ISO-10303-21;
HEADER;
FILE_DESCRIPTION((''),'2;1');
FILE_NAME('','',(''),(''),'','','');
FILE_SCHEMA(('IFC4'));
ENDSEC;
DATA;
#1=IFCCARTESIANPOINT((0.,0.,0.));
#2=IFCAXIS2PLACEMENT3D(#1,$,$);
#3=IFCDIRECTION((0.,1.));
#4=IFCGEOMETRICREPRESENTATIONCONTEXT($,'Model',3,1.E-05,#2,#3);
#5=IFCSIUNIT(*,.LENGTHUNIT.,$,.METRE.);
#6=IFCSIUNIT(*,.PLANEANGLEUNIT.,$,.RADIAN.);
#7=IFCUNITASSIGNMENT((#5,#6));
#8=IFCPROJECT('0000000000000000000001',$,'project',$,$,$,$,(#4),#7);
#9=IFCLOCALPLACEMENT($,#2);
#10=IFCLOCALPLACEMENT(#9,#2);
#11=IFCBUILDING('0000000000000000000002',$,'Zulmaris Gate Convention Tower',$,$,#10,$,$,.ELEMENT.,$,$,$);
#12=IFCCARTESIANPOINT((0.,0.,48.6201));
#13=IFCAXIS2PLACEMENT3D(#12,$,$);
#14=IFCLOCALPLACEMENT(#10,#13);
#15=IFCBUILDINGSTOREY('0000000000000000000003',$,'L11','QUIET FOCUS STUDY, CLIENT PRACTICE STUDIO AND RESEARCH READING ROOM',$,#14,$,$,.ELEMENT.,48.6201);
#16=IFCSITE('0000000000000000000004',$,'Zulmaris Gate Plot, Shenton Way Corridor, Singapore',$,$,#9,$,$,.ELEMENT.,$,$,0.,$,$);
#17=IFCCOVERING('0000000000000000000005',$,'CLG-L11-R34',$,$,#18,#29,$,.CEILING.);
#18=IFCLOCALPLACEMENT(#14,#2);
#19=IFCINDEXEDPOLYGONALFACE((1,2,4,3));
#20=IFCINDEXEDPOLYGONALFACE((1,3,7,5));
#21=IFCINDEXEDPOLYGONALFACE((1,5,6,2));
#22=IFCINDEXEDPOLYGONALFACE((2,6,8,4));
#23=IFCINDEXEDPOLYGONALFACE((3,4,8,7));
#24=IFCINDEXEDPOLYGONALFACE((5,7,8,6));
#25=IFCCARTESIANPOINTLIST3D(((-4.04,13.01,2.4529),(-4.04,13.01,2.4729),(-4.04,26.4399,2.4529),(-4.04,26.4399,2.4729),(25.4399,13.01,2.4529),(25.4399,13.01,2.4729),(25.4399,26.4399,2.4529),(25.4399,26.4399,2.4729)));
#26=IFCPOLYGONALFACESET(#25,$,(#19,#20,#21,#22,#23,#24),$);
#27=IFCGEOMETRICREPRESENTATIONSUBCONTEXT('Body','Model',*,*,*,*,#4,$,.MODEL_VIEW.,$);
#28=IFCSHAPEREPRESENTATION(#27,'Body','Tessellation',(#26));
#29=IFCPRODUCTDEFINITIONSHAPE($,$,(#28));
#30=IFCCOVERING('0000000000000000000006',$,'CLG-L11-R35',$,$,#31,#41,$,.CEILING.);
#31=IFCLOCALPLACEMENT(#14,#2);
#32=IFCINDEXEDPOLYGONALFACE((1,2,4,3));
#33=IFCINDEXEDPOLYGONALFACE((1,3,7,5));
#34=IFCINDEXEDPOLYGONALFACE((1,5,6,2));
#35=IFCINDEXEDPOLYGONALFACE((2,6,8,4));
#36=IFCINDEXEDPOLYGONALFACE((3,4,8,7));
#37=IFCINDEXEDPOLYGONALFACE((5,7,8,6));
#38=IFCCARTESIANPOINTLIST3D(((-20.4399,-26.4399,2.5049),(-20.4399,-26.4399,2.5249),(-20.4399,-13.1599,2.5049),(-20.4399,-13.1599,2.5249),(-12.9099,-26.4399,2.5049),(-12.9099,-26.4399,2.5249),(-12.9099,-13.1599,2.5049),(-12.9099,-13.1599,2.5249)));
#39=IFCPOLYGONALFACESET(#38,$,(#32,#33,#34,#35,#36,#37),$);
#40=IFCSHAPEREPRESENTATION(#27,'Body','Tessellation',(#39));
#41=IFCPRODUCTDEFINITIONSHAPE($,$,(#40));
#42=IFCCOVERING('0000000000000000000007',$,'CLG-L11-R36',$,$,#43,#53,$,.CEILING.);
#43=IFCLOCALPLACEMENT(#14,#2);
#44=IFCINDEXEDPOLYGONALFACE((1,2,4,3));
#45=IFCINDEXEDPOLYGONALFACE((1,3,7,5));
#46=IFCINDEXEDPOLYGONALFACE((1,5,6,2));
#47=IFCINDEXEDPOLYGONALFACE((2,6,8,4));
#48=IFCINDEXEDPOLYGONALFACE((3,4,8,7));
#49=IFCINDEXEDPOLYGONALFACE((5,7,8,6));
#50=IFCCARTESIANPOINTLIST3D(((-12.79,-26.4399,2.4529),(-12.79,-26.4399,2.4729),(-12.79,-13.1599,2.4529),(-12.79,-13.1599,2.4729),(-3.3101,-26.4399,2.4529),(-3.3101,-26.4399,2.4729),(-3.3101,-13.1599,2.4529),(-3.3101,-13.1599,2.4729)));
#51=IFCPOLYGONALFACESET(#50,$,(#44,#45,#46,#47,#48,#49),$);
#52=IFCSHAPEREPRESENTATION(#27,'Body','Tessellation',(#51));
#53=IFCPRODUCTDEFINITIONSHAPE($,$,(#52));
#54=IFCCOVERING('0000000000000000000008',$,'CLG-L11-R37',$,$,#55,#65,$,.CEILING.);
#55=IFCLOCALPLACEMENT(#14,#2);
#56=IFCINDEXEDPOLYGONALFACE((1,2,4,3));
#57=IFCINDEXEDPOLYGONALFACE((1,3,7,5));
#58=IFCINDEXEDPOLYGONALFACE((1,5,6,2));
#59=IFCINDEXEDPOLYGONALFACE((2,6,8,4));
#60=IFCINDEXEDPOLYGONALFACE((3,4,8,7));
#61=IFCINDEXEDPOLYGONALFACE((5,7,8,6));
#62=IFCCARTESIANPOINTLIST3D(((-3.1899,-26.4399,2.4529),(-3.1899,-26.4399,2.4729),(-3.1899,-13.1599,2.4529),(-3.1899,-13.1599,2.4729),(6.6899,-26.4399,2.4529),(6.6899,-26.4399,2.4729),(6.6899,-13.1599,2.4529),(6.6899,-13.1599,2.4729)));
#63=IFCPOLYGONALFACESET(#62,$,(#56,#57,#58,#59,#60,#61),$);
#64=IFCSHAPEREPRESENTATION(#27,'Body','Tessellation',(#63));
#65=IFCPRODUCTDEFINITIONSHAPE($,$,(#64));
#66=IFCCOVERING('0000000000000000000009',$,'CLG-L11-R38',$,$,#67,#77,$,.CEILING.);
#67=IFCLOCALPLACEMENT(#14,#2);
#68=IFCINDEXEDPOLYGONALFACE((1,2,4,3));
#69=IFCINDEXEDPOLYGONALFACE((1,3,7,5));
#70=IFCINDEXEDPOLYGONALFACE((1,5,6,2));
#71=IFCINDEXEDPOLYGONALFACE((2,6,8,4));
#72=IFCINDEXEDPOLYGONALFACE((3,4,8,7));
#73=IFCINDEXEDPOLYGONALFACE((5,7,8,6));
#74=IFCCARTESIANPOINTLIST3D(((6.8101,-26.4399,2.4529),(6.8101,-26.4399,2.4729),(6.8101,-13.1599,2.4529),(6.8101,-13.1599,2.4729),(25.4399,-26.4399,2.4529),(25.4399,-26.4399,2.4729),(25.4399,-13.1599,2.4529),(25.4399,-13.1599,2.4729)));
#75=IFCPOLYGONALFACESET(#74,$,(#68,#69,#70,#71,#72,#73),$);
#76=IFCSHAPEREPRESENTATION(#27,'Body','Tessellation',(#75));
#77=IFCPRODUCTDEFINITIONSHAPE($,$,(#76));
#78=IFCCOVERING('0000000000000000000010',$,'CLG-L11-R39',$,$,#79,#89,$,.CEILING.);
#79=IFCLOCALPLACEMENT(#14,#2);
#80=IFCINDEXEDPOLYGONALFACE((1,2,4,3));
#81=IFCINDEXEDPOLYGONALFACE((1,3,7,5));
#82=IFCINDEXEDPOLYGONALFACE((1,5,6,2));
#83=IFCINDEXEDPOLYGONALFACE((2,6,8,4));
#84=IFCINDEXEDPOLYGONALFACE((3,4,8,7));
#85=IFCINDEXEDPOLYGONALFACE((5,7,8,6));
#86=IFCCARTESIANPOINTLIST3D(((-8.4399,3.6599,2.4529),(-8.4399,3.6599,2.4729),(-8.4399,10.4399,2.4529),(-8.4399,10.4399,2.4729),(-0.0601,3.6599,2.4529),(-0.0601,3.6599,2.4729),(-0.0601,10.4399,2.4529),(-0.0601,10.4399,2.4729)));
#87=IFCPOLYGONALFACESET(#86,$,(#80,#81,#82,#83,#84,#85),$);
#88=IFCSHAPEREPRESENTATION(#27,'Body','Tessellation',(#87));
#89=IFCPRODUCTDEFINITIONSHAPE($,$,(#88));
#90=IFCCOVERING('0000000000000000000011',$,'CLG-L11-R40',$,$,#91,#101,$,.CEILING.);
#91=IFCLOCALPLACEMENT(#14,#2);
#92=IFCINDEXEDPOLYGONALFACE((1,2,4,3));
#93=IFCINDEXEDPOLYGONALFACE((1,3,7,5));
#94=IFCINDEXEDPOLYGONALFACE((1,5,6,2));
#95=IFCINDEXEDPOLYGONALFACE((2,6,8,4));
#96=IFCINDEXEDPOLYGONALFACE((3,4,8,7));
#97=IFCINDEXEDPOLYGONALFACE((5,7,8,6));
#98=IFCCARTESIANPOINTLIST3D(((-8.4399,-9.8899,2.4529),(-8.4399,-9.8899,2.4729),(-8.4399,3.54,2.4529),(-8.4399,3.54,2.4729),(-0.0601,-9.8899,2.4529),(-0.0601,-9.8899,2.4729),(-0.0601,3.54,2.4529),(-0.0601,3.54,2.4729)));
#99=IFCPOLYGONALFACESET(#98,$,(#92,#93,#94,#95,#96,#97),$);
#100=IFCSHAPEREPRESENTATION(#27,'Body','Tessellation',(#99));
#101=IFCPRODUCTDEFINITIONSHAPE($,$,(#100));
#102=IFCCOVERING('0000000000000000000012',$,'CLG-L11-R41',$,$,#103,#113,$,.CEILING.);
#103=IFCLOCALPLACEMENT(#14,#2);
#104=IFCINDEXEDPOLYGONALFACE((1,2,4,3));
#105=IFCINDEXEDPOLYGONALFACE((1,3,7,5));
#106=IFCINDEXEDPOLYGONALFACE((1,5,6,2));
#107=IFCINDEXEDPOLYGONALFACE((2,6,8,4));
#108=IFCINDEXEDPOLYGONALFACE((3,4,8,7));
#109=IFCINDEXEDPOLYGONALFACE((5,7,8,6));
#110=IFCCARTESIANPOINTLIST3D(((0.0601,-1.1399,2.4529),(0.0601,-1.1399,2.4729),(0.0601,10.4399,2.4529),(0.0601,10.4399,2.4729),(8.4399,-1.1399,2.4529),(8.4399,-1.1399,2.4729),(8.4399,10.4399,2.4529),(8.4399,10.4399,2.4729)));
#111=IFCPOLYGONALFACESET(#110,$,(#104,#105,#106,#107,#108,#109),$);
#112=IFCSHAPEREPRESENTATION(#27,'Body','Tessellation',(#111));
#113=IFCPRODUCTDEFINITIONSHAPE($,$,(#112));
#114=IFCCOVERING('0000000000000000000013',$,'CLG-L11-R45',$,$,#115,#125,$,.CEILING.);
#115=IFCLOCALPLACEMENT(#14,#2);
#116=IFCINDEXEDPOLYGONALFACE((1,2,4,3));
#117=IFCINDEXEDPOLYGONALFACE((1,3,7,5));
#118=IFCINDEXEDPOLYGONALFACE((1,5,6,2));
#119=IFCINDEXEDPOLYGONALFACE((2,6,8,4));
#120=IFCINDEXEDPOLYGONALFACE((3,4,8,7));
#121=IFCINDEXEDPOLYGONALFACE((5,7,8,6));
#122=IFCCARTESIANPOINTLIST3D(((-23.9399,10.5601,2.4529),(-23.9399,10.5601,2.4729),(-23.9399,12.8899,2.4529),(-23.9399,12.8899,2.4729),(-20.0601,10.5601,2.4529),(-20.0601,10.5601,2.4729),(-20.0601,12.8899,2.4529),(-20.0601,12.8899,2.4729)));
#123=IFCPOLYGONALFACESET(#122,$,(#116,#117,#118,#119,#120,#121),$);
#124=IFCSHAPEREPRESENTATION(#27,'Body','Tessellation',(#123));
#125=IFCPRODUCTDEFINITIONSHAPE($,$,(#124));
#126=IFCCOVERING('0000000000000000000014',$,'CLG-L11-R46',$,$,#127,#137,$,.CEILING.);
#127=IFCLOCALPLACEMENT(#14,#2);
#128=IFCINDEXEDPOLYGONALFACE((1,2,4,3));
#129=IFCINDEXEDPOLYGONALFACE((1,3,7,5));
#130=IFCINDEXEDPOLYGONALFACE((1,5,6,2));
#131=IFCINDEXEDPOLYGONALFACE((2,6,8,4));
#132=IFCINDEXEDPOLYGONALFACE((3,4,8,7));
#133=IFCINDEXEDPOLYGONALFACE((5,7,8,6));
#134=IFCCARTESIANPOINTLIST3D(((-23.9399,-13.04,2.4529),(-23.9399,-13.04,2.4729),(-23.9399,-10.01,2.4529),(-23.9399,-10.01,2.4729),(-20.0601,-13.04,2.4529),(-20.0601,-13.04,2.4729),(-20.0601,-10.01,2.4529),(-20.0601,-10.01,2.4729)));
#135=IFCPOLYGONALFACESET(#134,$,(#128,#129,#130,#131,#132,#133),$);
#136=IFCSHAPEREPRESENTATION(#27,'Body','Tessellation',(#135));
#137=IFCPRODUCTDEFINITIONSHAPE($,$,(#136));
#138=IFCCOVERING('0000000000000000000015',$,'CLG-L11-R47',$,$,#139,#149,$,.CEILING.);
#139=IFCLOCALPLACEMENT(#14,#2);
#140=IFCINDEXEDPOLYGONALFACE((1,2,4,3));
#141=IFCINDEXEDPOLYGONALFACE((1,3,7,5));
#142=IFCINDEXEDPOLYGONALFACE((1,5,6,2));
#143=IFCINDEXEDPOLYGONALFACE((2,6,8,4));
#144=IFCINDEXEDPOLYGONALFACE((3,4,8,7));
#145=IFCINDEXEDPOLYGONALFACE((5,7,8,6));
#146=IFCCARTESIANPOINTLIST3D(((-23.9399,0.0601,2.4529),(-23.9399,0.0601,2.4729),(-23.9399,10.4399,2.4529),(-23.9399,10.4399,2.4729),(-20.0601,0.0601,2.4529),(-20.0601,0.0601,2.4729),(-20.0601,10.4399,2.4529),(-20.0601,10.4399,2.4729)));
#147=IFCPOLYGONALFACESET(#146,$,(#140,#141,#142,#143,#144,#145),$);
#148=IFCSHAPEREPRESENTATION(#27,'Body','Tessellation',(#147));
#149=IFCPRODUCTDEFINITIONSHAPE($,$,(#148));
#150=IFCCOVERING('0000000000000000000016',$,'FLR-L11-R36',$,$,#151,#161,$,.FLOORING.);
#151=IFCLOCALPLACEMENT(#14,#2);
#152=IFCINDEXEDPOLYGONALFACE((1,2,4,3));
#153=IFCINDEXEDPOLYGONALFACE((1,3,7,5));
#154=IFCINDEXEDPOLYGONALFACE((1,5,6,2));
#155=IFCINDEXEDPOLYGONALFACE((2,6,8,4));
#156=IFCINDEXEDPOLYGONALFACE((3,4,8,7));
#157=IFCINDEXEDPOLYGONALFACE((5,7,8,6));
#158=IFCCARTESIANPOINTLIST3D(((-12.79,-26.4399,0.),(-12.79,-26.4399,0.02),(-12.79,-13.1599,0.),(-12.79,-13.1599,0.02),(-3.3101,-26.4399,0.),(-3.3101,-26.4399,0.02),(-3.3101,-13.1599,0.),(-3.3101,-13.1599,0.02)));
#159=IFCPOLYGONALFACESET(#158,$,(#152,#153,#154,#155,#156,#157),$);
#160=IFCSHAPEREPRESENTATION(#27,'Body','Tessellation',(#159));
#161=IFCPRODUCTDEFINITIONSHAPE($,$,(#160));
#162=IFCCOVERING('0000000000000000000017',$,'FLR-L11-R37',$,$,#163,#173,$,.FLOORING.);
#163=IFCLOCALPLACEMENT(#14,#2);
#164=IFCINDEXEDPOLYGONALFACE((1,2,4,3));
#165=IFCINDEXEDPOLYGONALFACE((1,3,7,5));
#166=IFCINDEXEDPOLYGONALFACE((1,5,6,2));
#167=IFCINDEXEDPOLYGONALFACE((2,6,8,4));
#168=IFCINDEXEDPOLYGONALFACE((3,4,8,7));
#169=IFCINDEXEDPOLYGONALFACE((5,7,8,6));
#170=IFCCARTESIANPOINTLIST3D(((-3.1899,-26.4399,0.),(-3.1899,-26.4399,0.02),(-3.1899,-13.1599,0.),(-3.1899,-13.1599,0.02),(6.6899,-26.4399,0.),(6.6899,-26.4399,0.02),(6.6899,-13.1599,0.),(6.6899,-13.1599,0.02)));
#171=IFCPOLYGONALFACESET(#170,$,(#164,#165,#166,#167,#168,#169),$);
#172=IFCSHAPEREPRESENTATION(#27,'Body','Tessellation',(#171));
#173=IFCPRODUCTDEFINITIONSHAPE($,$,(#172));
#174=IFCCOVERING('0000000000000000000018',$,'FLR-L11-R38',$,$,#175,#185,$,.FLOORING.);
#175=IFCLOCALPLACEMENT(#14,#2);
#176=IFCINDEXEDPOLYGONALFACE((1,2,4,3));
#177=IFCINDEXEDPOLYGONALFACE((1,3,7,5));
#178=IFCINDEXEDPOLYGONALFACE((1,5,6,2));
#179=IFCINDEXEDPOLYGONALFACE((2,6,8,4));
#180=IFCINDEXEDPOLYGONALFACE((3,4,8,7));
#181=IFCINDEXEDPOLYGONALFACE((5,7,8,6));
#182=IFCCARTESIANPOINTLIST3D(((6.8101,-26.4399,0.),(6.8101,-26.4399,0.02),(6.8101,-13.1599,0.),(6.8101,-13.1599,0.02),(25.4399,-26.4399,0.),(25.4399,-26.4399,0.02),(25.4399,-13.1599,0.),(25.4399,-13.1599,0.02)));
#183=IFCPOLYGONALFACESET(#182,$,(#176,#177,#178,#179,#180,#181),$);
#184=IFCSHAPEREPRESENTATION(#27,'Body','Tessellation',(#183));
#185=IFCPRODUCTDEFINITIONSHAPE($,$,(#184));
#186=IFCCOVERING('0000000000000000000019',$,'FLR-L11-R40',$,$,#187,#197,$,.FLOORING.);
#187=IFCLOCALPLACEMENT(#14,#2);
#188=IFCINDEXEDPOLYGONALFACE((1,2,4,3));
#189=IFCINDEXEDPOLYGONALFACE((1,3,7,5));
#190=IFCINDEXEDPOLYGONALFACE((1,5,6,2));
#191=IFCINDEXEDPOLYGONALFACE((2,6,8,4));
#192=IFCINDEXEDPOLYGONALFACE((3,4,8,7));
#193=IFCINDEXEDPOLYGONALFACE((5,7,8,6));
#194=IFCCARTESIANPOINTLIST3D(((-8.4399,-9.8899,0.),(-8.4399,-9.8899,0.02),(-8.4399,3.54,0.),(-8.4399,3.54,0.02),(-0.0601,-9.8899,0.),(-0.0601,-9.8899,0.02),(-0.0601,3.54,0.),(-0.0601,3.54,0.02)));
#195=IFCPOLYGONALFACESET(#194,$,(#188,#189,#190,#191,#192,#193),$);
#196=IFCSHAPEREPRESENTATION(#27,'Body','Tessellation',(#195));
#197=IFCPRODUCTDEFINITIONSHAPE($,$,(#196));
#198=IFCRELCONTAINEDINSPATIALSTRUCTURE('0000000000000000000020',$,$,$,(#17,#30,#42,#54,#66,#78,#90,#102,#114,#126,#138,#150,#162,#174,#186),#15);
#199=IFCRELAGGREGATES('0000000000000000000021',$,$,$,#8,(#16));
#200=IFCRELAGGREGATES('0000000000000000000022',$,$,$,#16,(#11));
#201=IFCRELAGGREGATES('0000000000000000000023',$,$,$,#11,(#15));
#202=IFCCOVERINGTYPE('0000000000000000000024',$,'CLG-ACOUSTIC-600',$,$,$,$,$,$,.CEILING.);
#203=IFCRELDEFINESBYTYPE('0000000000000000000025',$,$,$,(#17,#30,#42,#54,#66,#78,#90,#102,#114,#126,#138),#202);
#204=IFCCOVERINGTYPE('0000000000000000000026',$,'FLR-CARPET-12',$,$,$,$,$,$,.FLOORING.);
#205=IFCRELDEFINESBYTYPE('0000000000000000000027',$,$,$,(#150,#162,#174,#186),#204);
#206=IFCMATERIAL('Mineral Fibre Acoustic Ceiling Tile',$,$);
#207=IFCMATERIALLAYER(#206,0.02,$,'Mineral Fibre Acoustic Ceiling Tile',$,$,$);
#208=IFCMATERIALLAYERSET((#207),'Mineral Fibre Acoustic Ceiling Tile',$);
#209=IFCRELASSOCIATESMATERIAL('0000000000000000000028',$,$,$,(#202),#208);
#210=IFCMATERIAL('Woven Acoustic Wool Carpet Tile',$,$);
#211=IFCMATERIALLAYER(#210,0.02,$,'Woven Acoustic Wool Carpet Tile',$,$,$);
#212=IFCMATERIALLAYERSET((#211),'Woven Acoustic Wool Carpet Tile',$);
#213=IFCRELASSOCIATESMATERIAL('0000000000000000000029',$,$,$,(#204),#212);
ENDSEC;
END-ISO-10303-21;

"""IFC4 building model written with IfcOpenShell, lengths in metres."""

from ifc_helpers import new_model, si_unit, direction, frame, origin, place, context, subcontext, project, spatial, polyline, outline, extrude, material, layer, layer_set, type_object, element, save


model = new_model("IFC4")

# Units and contexts
model_context = context("Model", 3, precision=1e-05, world=origin(), true_north=direction((0.0, 1.0)))
body_context = subcontext(model_context, "Body", "Model", "MODEL_VIEW")
ifc_project = project(units=[si_unit("LENGTHUNIT", "METRE"), si_unit("PLANEANGLEUNIT", "RADIAN")], contexts=[model_context])

# Site, building, storey
site_placement = place(None, origin())
site = spatial("IfcSite", under=ifc_project, at=site_placement, Name="Zulmaris Gate Plot, Shenton Way Corridor, Singapore", CompositionType="ELEMENT", RefElevation=0.0)
building_placement = place(site_placement, origin())
building = spatial("IfcBuilding", under=site, at=building_placement, Name="Zulmaris Gate Convention Tower", CompositionType="ELEMENT")
storey_placement = place(building_placement, frame((0.0, 0.0, 48.6201)))
storey = spatial("IfcBuildingStorey", under=building, at=storey_placement, Name="L11", Description="QUIET FOCUS STUDY, CLIENT PRACTICE STUDIO AND RESEARCH READING ROOM", CompositionType="ELEMENT", Elevation=48.6201)

# Coverings
ifc_material_1 = material(Name="Mineral Fibre Acoustic Ceiling Tile")
ifc_layer_1 = layer(ifc_material_1, 0.02, Name="Mineral Fibre Acoustic Ceiling Tile")
ifc_layer_set_1 = layer_set([ifc_layer_1], Name="Mineral Fibre Acoustic Ceiling Tile")
covering_type_1 = type_object("IfcCoveringType", Name="CLG-ACOUSTIC-600", PredefinedType="CEILING", material=ifc_layer_set_1)
covering_1_placement = place(storey_placement, frame((0.0, 0.0, 2.4529)))
element("IfcCovering", 1, at=covering_1_placement, inside=storey, type_object=covering_type_1, Name="CLG-L11-R34", PredefinedType="CEILING", context=body_context, shape_type="SweptSolid", body=[
    extrude(outline(polyline([(-4.04, 13.01), (25.4399, 13.01), (25.4399, 26.4399), (-4.04, 26.4399), (-4.04, 13.01)])), origin(), (0.0, 0.0, 1.0), 0.02),
])
covering_2_placement = place(storey_placement, frame((0.0, 0.0, 2.5049)))
element("IfcCovering", 2, at=covering_2_placement, inside=storey, type_object=covering_type_1, Name="CLG-L11-R35", PredefinedType="CEILING", context=body_context, shape_type="SweptSolid", body=[
    extrude(outline(polyline([(-20.4399, -26.4399), (-12.9099, -26.4399), (-12.9099, -13.1599), (-20.4399, -13.1599), (-20.4399, -26.4399)])), origin(), (0.0, 0.0, 1.0), 0.02),
])
covering_3_placement = place(storey_placement, frame((0.0, 0.0, 2.4529)))
element("IfcCovering", 3, at=covering_3_placement, inside=storey, type_object=covering_type_1, Name="CLG-L11-R36", PredefinedType="CEILING", context=body_context, shape_type="SweptSolid", body=[
    extrude(outline(polyline([(-12.79, -26.4399), (-3.3101, -26.4399), (-3.3101, -13.1599), (-12.79, -13.1599), (-12.79, -26.4399)])), origin(), (0.0, 0.0, 1.0), 0.02),
])
covering_4_placement = place(storey_placement, frame((0.0, 0.0, 2.4529)))
element("IfcCovering", 4, at=covering_4_placement, inside=storey, type_object=covering_type_1, Name="CLG-L11-R37", PredefinedType="CEILING", context=body_context, shape_type="SweptSolid", body=[
    extrude(outline(polyline([(-3.1899, -26.4399), (6.6899, -26.4399), (6.6899, -13.1599), (-3.1899, -13.1599), (-3.1899, -26.4399)])), origin(), (0.0, 0.0, 1.0), 0.02),
])
covering_5_placement = place(storey_placement, frame((0.0, 0.0, 2.4529)))
element("IfcCovering", 5, at=covering_5_placement, inside=storey, type_object=covering_type_1, Name="CLG-L11-R38", PredefinedType="CEILING", context=body_context, shape_type="SweptSolid", body=[
    extrude(outline(polyline([(6.8101, -26.4399), (25.4399, -26.4399), (25.4399, -13.1599), (6.8101, -13.1599), (6.8101, -26.4399)])), origin(), (0.0, 0.0, 1.0), 0.02),
])
covering_6_placement = place(storey_placement, frame((0.0, 0.0, 2.4529)))
element("IfcCovering", 6, at=covering_6_placement, inside=storey, type_object=covering_type_1, Name="CLG-L11-R39", PredefinedType="CEILING", context=body_context, shape_type="SweptSolid", body=[
    extrude(outline(polyline([(-8.4399, 3.6599), (-0.0601, 3.6599), (-0.0601, 10.4399), (-8.4399, 10.4399), (-8.4399, 3.6599)])), origin(), (0.0, 0.0, 1.0), 0.02),
])
covering_7_placement = place(storey_placement, frame((0.0, 0.0, 2.4529)))
element("IfcCovering", 7, at=covering_7_placement, inside=storey, type_object=covering_type_1, Name="CLG-L11-R40", PredefinedType="CEILING", context=body_context, shape_type="SweptSolid", body=[
    extrude(outline(polyline([(-8.4399, -9.8899), (-0.0601, -9.8899), (-0.0601, 3.54), (-8.4399, 3.54), (-8.4399, -9.8899)])), origin(), (0.0, 0.0, 1.0), 0.02),
])
covering_8_placement = place(storey_placement, frame((0.0, 0.0, 2.4529)))
element("IfcCovering", 8, at=covering_8_placement, inside=storey, type_object=covering_type_1, Name="CLG-L11-R41", PredefinedType="CEILING", context=body_context, shape_type="SweptSolid", body=[
    extrude(outline(polyline([(0.0601, -1.1399), (8.4399, -1.1399), (8.4399, 10.4399), (0.0601, 10.4399), (0.0601, -1.1399)])), origin(), (0.0, 0.0, 1.0), 0.02),
])
covering_9_placement = place(storey_placement, frame((0.0, 0.0, 2.4529)))
element("IfcCovering", 9, at=covering_9_placement, inside=storey, type_object=covering_type_1, Name="CLG-L11-R45", PredefinedType="CEILING", context=body_context, shape_type="SweptSolid", body=[
    extrude(outline(polyline([(-23.9399, 10.5601), (-20.0601, 10.5601), (-20.0601, 12.8899), (-23.9399, 12.8899), (-23.9399, 10.5601)])), origin(), (0.0, 0.0, 1.0), 0.02),
])
covering_10_placement = place(storey_placement, frame((0.0, 0.0, 2.4529)))
element("IfcCovering", 10, at=covering_10_placement, inside=storey, type_object=covering_type_1, Name="CLG-L11-R46", PredefinedType="CEILING", context=body_context, shape_type="SweptSolid", body=[
    extrude(outline(polyline([(-23.9399, -13.04), (-20.0601, -13.04), (-20.0601, -10.01), (-23.9399, -10.01), (-23.9399, -13.04)])), origin(), (0.0, 0.0, 1.0), 0.02),
])
covering_11_placement = place(storey_placement, frame((0.0, 0.0, 2.4529)))
element("IfcCovering", 11, at=covering_11_placement, inside=storey, type_object=covering_type_1, Name="CLG-L11-R47", PredefinedType="CEILING", context=body_context, shape_type="SweptSolid", body=[
    extrude(outline(polyline([(-23.9399, 0.0601), (-20.0601, 0.0601), (-20.0601, 10.4399), (-23.9399, 10.4399), (-23.9399, 0.0601)])), origin(), (0.0, 0.0, 1.0), 0.02),
])
ifc_material_2 = material(Name="Woven Acoustic Wool Carpet Tile")
ifc_layer_2 = layer(ifc_material_2, 0.02, Name="Woven Acoustic Wool Carpet Tile")
ifc_layer_set_2 = layer_set([ifc_layer_2], Name="Woven Acoustic Wool Carpet Tile")
covering_type_2 = type_object("IfcCoveringType", Name="FLR-CARPET-12", PredefinedType="FLOORING", material=ifc_layer_set_2)
covering_12_placement = place(storey_placement, origin())
element("IfcCovering", 12, at=covering_12_placement, inside=storey, type_object=covering_type_2, Name="FLR-L11-R36", PredefinedType="FLOORING", context=body_context, shape_type="SweptSolid", body=[
    extrude(outline(polyline([(-12.79, -26.4399), (-3.3101, -26.4399), (-3.3101, -13.1599), (-12.79, -13.1599), (-12.79, -26.4399)])), origin(), (0.0, 0.0, 1.0), 0.02),
])
covering_13_placement = place(storey_placement, origin())
element("IfcCovering", 13, at=covering_13_placement, inside=storey, type_object=covering_type_2, Name="FLR-L11-R37", PredefinedType="FLOORING", context=body_context, shape_type="SweptSolid", body=[
    extrude(outline(polyline([(-3.1899, -26.4399), (6.6899, -26.4399), (6.6899, -13.1599), (-3.1899, -13.1599), (-3.1899, -26.4399)])), origin(), (0.0, 0.0, 1.0), 0.02),
])
covering_14_placement = place(storey_placement, origin())
element("IfcCovering", 14, at=covering_14_placement, inside=storey, type_object=covering_type_2, Name="FLR-L11-R38", PredefinedType="FLOORING", context=body_context, shape_type="SweptSolid", body=[
    extrude(outline(polyline([(6.8101, -26.4399), (25.4399, -26.4399), (25.4399, -13.1599), (6.8101, -13.1599), (6.8101, -26.4399)])), origin(), (0.0, 0.0, 1.0), 0.02),
])
covering_15_placement = place(storey_placement, origin())
element("IfcCovering", 15, at=covering_15_placement, inside=storey, type_object=covering_type_2, Name="FLR-L11-R40", PredefinedType="FLOORING", context=body_context, shape_type="SweptSolid", body=[
    extrude(outline(polyline([(-8.4399, -9.8899), (-0.0601, -9.8899), (-0.0601, 3.54), (-8.4399, 3.54), (-8.4399, -9.8899)])), origin(), (0.0, 0.0, 1.0), 0.02),
])

save(model, "model.ifc")
